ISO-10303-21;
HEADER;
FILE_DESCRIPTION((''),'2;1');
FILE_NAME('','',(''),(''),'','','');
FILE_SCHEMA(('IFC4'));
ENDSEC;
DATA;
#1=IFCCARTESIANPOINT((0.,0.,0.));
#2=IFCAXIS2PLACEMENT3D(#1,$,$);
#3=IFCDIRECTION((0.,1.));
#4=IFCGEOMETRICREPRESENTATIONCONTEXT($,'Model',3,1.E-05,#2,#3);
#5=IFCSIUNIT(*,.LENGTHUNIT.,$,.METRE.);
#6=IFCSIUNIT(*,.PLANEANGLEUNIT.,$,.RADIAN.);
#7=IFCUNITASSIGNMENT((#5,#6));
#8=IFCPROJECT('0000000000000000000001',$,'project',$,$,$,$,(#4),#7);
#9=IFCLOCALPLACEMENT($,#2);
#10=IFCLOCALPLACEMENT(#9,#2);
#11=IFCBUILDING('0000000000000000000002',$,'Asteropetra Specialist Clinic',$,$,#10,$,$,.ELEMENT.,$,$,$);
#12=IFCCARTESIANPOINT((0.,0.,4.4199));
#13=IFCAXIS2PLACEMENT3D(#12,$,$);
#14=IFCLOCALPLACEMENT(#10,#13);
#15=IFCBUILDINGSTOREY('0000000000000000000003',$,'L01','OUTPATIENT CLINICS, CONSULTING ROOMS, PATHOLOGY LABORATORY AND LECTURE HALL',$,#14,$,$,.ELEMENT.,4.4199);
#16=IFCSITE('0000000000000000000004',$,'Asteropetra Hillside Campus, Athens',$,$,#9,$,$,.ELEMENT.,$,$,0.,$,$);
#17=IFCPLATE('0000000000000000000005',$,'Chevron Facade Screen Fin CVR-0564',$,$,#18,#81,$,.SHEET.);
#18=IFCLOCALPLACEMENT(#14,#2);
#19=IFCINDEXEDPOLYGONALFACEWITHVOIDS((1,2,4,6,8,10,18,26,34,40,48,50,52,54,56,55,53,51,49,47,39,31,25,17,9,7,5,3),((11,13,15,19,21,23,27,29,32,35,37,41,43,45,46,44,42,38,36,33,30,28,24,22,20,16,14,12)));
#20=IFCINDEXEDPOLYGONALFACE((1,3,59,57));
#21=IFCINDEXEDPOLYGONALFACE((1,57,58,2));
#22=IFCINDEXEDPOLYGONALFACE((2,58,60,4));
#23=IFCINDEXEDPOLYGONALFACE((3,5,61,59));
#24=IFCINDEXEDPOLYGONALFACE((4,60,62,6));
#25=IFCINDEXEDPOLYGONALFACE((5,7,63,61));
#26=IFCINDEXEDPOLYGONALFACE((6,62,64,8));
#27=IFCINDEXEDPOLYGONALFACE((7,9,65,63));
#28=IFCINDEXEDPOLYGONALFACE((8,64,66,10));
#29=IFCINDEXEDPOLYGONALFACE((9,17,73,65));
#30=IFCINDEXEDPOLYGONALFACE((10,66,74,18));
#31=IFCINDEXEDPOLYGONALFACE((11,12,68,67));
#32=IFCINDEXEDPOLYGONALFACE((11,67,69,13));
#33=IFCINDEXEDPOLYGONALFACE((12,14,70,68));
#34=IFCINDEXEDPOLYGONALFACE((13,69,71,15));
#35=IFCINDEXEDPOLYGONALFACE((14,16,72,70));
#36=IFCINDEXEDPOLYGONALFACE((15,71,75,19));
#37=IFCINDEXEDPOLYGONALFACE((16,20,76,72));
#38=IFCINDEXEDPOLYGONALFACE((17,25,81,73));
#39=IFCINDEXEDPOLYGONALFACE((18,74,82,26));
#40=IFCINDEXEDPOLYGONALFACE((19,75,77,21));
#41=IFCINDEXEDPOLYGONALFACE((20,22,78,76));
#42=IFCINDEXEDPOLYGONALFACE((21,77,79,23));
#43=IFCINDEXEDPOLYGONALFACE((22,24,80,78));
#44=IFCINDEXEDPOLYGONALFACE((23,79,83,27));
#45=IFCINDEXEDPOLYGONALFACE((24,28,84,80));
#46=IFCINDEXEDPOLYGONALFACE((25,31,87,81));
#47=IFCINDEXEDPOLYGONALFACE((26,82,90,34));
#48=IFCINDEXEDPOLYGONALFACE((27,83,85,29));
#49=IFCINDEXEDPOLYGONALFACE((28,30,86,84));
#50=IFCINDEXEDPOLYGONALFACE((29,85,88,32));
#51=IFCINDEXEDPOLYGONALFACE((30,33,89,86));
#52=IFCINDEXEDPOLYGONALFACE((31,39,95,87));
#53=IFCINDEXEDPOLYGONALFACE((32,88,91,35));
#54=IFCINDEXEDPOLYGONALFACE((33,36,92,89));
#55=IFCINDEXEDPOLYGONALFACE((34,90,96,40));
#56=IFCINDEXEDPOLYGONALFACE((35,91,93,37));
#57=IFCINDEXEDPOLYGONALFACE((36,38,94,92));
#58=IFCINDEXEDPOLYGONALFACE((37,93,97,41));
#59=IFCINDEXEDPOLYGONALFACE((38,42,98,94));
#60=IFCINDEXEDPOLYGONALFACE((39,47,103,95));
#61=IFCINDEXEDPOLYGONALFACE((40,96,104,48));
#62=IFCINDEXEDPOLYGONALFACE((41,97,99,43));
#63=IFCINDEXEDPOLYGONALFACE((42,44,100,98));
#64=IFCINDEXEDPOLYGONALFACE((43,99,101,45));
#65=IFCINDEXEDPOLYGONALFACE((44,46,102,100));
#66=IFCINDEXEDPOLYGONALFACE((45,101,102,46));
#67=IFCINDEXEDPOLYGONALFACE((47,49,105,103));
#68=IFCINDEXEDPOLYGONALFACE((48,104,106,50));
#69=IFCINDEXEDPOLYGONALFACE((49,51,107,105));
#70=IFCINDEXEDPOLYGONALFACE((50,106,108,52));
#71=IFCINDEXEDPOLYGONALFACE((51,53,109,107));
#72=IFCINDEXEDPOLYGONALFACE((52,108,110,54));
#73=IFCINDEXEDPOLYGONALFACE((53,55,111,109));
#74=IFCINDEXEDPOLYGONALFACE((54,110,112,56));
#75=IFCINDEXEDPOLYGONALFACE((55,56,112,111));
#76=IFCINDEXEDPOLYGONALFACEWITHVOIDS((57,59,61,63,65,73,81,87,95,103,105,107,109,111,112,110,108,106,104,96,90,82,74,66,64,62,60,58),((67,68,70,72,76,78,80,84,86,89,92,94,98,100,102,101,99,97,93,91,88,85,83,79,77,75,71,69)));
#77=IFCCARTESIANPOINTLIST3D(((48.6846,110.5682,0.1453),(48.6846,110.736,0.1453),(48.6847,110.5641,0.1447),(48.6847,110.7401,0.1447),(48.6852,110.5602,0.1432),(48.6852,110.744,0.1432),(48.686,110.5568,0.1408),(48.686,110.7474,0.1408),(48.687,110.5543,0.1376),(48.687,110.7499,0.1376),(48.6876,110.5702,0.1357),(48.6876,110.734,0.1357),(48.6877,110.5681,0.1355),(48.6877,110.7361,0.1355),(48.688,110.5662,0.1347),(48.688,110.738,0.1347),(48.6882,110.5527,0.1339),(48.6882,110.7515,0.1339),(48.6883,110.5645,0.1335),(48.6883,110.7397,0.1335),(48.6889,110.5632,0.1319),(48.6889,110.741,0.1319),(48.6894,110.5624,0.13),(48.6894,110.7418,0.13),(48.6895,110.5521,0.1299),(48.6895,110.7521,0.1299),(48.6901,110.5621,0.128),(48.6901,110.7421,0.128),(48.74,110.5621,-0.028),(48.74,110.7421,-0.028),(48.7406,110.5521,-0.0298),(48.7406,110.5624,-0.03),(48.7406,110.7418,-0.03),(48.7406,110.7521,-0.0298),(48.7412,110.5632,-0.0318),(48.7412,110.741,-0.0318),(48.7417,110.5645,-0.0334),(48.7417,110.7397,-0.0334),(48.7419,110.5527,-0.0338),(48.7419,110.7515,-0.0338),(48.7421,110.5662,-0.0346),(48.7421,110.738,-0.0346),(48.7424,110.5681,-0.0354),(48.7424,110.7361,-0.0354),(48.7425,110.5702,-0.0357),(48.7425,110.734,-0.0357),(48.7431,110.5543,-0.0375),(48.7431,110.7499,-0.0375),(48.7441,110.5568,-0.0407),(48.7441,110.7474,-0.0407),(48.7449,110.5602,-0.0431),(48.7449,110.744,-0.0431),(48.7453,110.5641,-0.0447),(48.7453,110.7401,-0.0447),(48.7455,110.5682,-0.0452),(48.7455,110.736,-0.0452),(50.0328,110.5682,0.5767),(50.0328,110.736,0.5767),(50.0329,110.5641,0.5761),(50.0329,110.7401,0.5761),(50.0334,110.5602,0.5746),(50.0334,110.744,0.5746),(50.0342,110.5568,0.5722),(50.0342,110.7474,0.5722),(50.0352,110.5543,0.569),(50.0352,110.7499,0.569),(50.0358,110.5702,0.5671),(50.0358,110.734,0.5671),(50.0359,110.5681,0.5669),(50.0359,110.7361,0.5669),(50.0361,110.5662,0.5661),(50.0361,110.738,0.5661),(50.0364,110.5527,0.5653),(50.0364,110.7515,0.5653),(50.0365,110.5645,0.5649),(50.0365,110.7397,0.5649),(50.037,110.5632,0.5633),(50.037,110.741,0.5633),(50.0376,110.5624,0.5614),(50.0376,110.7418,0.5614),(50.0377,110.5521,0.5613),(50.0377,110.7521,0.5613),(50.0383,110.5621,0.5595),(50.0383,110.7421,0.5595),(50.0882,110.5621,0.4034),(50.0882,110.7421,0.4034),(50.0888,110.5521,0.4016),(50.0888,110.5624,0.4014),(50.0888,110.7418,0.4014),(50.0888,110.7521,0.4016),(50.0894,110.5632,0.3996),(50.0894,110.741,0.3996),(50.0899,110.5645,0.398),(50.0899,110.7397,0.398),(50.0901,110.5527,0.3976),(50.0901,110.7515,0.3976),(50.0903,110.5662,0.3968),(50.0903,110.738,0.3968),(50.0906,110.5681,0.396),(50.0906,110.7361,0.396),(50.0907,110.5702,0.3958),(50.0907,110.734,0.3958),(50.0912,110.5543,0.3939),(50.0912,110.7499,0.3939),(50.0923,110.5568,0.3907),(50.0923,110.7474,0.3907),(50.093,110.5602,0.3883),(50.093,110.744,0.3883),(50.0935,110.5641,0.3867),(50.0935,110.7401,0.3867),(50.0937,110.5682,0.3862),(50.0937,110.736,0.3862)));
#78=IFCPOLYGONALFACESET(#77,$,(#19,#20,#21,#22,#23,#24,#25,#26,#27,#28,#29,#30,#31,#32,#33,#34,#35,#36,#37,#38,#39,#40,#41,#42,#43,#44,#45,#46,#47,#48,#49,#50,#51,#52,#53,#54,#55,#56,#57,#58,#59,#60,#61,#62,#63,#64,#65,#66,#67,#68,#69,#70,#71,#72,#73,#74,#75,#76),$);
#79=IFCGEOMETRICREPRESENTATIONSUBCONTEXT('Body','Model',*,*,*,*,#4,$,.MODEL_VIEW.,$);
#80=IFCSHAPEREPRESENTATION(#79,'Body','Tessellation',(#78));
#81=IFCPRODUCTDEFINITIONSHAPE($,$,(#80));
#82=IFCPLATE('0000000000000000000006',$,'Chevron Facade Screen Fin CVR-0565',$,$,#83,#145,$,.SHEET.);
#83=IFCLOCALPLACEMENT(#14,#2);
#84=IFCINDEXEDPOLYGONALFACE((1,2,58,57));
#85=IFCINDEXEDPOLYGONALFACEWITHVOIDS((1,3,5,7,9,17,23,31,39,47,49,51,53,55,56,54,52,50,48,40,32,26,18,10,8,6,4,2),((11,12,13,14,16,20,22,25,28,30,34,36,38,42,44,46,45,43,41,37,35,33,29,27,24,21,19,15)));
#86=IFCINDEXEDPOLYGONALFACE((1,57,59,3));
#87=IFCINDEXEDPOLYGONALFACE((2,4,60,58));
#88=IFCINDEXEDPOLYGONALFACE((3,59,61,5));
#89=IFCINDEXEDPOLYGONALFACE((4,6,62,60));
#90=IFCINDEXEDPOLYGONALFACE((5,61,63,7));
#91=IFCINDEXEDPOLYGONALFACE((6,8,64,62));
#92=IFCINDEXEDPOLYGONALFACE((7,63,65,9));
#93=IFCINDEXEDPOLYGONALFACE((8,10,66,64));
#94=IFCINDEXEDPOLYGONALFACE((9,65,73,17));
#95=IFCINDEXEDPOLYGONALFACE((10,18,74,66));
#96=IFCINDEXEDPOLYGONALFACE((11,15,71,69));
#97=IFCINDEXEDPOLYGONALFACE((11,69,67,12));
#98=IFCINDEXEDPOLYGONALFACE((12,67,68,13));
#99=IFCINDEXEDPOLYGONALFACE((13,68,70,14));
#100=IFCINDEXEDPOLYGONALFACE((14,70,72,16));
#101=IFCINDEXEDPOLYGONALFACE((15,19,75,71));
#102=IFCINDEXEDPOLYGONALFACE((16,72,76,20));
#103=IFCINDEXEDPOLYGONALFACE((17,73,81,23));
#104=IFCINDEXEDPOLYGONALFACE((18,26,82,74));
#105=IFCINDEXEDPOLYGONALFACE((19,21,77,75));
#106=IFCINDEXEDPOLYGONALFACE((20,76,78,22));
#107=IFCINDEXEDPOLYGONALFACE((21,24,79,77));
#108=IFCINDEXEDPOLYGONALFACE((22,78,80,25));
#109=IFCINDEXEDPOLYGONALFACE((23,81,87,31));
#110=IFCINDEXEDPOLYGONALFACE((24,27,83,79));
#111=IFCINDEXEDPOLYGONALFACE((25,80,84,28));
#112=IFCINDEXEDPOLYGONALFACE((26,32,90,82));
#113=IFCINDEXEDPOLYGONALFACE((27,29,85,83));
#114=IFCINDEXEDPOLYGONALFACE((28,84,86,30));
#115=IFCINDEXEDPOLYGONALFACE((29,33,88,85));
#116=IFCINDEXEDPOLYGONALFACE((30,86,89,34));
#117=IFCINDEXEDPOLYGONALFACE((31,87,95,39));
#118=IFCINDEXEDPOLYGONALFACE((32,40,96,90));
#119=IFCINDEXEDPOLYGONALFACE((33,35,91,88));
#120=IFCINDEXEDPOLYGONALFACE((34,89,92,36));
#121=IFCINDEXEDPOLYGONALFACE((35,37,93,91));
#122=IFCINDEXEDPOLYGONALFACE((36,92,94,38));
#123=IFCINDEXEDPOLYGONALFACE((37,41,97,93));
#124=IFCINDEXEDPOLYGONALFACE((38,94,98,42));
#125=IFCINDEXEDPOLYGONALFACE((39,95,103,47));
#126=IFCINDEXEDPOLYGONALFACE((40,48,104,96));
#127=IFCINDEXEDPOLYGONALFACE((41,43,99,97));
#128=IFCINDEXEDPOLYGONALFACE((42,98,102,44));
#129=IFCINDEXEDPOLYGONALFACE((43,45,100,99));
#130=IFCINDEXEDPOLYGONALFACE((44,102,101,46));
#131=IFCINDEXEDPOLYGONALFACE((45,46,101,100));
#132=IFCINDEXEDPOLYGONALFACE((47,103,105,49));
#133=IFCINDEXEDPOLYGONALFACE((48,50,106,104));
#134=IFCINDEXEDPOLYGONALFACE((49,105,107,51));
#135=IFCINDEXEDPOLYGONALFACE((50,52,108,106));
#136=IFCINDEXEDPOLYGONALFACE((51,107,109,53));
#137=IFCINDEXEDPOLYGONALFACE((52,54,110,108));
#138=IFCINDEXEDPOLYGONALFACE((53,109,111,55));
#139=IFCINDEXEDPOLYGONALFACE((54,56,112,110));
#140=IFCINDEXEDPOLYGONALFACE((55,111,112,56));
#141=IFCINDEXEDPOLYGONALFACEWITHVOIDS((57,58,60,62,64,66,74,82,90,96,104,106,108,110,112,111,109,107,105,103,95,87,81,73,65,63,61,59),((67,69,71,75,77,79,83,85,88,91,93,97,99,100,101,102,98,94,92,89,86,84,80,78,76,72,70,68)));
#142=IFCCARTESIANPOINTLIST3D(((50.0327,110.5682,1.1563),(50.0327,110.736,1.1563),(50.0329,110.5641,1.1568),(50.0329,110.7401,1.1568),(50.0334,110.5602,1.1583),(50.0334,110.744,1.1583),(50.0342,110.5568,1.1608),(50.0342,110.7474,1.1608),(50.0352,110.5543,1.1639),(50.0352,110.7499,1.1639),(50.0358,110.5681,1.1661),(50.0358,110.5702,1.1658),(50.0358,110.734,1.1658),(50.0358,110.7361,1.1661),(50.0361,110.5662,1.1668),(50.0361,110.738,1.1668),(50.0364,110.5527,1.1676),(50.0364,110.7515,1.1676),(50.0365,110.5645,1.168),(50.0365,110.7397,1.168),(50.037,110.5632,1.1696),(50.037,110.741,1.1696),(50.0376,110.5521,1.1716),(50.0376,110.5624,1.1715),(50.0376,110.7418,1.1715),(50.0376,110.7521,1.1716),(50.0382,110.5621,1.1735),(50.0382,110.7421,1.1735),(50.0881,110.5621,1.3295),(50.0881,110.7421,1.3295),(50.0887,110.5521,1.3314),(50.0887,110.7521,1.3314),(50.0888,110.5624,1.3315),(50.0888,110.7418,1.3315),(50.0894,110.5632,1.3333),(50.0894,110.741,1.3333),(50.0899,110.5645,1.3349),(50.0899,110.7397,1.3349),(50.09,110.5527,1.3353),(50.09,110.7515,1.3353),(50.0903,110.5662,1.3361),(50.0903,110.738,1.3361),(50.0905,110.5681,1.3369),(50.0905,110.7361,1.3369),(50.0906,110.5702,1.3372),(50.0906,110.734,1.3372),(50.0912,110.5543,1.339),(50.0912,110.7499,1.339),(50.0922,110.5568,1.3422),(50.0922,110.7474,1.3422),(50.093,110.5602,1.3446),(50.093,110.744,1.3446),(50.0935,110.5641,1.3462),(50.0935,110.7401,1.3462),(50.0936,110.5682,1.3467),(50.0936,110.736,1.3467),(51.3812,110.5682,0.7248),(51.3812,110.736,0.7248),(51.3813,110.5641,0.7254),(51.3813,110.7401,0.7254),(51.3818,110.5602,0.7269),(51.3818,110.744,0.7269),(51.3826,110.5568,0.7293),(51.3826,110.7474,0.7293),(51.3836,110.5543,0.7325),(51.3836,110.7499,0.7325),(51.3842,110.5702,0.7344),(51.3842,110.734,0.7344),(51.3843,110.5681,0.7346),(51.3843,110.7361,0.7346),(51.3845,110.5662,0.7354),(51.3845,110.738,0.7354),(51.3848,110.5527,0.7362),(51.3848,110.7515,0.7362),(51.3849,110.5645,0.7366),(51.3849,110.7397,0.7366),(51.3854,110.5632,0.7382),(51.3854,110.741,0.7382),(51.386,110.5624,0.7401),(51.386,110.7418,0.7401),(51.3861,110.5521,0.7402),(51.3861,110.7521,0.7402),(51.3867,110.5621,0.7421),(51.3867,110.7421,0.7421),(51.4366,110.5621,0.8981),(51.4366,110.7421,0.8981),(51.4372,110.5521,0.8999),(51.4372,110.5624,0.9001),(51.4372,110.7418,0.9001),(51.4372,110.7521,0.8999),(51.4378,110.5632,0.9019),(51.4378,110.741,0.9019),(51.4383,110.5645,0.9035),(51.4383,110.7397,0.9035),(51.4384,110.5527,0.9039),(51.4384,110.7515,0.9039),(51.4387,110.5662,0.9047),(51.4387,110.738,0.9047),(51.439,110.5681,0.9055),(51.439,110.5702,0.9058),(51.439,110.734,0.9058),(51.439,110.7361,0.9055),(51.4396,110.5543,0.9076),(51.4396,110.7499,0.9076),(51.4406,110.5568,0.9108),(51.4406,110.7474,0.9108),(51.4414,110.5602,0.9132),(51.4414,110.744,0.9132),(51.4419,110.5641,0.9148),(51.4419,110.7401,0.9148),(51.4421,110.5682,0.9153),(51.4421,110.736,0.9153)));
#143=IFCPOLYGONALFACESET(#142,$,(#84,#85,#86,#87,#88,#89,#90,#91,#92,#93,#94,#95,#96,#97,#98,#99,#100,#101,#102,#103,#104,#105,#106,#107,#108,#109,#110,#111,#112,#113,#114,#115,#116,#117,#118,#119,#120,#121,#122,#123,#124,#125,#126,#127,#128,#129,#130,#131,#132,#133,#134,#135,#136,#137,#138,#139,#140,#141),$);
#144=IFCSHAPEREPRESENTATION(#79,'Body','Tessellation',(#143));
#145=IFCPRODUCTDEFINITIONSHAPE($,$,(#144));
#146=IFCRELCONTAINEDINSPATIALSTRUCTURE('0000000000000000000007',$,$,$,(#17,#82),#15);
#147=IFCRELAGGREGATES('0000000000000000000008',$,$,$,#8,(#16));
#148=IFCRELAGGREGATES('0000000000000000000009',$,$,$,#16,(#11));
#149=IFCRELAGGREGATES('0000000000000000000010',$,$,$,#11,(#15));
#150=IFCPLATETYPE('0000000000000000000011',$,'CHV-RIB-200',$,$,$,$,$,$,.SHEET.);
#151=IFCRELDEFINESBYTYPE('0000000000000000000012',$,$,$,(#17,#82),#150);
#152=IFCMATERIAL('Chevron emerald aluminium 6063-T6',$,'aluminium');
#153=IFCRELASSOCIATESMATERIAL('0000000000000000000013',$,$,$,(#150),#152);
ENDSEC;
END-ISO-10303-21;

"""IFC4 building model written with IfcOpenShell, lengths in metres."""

from ifc_helpers import new_model, si_unit, direction, frame, origin, origin_2d, place, context, subcontext, project, spatial, hollow_rectangle, extrude, material, material_profile, profile_set, type_object, element, save


model = new_model("IFC4")

# Units and contexts
model_context = context("Model", 3, precision=1e-05, world=origin(), true_north=direction((0.0, 1.0)))
body_context = subcontext(model_context, "Body", "Model", "MODEL_VIEW")
ifc_project = project(units=[si_unit("LENGTHUNIT", "METRE"), si_unit("PLANEANGLEUNIT", "RADIAN")], contexts=[model_context])

# Site, building, storey
site_placement = place(None, origin())
site = spatial("IfcSite", under=ifc_project, at=site_placement, Name="Asteropetra Hillside Campus, Athens", CompositionType="ELEMENT", RefElevation=0.0)
building_placement = place(site_placement, origin())
building = spatial("IfcBuilding", under=site, at=building_placement, Name="Asteropetra Specialist Clinic", CompositionType="ELEMENT")
storey_placement = place(building_placement, frame((0.0, 0.0, 4.4199)))
storey = spatial("IfcBuildingStorey", under=building, at=storey_placement, Name="L01", Description="OUTPATIENT CLINICS, CONSULTING ROOMS, PATHOLOGY LABORATORY AND LECTURE HALL", CompositionType="ELEMENT", Elevation=4.4199)

# Plates
ifc_material_1 = material(Name="Chevron emerald aluminium 6063-T6", Category="aluminium")
ifc_material_profile = material_profile(ifc_material_1, hollow_rectangle(XDim=0.2, YDim=0.2, WallThickness=0.01, InnerFilletRadius=0.0081, OuterFilletRadius=0.0161, at=origin_2d()), Name="SHS 200x200x10.0")
ifc_profile_set = profile_set([ifc_material_profile], Name="Chevron emerald aluminium 6063-T6")
plate_type_1 = type_object("IfcPlateType", Name="CHV-RIB-200", PredefinedType="SHEET", material=ifc_profile_set)
plate_1_placement = place(storey_placement, frame((50.0632, 110.6521, 0.4814), z_axis=(-0.952426, 0.0, -0.304769), x_axis=(0.0, -1.0, 0.0)))
element("IfcPlate", 1, at=plate_1_placement, inside=storey, type_object=plate_type_1, Name="Chevron Facade Screen Fin CVR-0564", PredefinedType="SHEET", context=body_context, shape_type="SweptSolid", body=[
    extrude(hollow_rectangle(XDim=0.2, YDim=0.2, WallThickness=0.01, InnerFilletRadius=0.0081, OuterFilletRadius=0.0161, at=origin_2d()), origin(), (0.0, 0.0, 1.0), 1.4155),
])
plate_2_placement = place(storey_placement, frame((51.4116, 110.6521, 0.8201), z_axis=(-0.952442, 0.0, 0.304719), x_axis=(0.0, -1.0, 0.0)))
element("IfcPlate", 2, at=plate_2_placement, inside=storey, type_object=plate_type_1, Name="Chevron Facade Screen Fin CVR-0565", PredefinedType="SHEET", context=body_context, shape_type="SweptSolid", body=[
    extrude(hollow_rectangle(XDim=0.2, YDim=0.2, WallThickness=0.01, InnerFilletRadius=0.0081, OuterFilletRadius=0.0161, at=origin_2d()), origin(), (0.0, 0.0, 1.0), 1.4158),
])

save(model, "model.ifc")
